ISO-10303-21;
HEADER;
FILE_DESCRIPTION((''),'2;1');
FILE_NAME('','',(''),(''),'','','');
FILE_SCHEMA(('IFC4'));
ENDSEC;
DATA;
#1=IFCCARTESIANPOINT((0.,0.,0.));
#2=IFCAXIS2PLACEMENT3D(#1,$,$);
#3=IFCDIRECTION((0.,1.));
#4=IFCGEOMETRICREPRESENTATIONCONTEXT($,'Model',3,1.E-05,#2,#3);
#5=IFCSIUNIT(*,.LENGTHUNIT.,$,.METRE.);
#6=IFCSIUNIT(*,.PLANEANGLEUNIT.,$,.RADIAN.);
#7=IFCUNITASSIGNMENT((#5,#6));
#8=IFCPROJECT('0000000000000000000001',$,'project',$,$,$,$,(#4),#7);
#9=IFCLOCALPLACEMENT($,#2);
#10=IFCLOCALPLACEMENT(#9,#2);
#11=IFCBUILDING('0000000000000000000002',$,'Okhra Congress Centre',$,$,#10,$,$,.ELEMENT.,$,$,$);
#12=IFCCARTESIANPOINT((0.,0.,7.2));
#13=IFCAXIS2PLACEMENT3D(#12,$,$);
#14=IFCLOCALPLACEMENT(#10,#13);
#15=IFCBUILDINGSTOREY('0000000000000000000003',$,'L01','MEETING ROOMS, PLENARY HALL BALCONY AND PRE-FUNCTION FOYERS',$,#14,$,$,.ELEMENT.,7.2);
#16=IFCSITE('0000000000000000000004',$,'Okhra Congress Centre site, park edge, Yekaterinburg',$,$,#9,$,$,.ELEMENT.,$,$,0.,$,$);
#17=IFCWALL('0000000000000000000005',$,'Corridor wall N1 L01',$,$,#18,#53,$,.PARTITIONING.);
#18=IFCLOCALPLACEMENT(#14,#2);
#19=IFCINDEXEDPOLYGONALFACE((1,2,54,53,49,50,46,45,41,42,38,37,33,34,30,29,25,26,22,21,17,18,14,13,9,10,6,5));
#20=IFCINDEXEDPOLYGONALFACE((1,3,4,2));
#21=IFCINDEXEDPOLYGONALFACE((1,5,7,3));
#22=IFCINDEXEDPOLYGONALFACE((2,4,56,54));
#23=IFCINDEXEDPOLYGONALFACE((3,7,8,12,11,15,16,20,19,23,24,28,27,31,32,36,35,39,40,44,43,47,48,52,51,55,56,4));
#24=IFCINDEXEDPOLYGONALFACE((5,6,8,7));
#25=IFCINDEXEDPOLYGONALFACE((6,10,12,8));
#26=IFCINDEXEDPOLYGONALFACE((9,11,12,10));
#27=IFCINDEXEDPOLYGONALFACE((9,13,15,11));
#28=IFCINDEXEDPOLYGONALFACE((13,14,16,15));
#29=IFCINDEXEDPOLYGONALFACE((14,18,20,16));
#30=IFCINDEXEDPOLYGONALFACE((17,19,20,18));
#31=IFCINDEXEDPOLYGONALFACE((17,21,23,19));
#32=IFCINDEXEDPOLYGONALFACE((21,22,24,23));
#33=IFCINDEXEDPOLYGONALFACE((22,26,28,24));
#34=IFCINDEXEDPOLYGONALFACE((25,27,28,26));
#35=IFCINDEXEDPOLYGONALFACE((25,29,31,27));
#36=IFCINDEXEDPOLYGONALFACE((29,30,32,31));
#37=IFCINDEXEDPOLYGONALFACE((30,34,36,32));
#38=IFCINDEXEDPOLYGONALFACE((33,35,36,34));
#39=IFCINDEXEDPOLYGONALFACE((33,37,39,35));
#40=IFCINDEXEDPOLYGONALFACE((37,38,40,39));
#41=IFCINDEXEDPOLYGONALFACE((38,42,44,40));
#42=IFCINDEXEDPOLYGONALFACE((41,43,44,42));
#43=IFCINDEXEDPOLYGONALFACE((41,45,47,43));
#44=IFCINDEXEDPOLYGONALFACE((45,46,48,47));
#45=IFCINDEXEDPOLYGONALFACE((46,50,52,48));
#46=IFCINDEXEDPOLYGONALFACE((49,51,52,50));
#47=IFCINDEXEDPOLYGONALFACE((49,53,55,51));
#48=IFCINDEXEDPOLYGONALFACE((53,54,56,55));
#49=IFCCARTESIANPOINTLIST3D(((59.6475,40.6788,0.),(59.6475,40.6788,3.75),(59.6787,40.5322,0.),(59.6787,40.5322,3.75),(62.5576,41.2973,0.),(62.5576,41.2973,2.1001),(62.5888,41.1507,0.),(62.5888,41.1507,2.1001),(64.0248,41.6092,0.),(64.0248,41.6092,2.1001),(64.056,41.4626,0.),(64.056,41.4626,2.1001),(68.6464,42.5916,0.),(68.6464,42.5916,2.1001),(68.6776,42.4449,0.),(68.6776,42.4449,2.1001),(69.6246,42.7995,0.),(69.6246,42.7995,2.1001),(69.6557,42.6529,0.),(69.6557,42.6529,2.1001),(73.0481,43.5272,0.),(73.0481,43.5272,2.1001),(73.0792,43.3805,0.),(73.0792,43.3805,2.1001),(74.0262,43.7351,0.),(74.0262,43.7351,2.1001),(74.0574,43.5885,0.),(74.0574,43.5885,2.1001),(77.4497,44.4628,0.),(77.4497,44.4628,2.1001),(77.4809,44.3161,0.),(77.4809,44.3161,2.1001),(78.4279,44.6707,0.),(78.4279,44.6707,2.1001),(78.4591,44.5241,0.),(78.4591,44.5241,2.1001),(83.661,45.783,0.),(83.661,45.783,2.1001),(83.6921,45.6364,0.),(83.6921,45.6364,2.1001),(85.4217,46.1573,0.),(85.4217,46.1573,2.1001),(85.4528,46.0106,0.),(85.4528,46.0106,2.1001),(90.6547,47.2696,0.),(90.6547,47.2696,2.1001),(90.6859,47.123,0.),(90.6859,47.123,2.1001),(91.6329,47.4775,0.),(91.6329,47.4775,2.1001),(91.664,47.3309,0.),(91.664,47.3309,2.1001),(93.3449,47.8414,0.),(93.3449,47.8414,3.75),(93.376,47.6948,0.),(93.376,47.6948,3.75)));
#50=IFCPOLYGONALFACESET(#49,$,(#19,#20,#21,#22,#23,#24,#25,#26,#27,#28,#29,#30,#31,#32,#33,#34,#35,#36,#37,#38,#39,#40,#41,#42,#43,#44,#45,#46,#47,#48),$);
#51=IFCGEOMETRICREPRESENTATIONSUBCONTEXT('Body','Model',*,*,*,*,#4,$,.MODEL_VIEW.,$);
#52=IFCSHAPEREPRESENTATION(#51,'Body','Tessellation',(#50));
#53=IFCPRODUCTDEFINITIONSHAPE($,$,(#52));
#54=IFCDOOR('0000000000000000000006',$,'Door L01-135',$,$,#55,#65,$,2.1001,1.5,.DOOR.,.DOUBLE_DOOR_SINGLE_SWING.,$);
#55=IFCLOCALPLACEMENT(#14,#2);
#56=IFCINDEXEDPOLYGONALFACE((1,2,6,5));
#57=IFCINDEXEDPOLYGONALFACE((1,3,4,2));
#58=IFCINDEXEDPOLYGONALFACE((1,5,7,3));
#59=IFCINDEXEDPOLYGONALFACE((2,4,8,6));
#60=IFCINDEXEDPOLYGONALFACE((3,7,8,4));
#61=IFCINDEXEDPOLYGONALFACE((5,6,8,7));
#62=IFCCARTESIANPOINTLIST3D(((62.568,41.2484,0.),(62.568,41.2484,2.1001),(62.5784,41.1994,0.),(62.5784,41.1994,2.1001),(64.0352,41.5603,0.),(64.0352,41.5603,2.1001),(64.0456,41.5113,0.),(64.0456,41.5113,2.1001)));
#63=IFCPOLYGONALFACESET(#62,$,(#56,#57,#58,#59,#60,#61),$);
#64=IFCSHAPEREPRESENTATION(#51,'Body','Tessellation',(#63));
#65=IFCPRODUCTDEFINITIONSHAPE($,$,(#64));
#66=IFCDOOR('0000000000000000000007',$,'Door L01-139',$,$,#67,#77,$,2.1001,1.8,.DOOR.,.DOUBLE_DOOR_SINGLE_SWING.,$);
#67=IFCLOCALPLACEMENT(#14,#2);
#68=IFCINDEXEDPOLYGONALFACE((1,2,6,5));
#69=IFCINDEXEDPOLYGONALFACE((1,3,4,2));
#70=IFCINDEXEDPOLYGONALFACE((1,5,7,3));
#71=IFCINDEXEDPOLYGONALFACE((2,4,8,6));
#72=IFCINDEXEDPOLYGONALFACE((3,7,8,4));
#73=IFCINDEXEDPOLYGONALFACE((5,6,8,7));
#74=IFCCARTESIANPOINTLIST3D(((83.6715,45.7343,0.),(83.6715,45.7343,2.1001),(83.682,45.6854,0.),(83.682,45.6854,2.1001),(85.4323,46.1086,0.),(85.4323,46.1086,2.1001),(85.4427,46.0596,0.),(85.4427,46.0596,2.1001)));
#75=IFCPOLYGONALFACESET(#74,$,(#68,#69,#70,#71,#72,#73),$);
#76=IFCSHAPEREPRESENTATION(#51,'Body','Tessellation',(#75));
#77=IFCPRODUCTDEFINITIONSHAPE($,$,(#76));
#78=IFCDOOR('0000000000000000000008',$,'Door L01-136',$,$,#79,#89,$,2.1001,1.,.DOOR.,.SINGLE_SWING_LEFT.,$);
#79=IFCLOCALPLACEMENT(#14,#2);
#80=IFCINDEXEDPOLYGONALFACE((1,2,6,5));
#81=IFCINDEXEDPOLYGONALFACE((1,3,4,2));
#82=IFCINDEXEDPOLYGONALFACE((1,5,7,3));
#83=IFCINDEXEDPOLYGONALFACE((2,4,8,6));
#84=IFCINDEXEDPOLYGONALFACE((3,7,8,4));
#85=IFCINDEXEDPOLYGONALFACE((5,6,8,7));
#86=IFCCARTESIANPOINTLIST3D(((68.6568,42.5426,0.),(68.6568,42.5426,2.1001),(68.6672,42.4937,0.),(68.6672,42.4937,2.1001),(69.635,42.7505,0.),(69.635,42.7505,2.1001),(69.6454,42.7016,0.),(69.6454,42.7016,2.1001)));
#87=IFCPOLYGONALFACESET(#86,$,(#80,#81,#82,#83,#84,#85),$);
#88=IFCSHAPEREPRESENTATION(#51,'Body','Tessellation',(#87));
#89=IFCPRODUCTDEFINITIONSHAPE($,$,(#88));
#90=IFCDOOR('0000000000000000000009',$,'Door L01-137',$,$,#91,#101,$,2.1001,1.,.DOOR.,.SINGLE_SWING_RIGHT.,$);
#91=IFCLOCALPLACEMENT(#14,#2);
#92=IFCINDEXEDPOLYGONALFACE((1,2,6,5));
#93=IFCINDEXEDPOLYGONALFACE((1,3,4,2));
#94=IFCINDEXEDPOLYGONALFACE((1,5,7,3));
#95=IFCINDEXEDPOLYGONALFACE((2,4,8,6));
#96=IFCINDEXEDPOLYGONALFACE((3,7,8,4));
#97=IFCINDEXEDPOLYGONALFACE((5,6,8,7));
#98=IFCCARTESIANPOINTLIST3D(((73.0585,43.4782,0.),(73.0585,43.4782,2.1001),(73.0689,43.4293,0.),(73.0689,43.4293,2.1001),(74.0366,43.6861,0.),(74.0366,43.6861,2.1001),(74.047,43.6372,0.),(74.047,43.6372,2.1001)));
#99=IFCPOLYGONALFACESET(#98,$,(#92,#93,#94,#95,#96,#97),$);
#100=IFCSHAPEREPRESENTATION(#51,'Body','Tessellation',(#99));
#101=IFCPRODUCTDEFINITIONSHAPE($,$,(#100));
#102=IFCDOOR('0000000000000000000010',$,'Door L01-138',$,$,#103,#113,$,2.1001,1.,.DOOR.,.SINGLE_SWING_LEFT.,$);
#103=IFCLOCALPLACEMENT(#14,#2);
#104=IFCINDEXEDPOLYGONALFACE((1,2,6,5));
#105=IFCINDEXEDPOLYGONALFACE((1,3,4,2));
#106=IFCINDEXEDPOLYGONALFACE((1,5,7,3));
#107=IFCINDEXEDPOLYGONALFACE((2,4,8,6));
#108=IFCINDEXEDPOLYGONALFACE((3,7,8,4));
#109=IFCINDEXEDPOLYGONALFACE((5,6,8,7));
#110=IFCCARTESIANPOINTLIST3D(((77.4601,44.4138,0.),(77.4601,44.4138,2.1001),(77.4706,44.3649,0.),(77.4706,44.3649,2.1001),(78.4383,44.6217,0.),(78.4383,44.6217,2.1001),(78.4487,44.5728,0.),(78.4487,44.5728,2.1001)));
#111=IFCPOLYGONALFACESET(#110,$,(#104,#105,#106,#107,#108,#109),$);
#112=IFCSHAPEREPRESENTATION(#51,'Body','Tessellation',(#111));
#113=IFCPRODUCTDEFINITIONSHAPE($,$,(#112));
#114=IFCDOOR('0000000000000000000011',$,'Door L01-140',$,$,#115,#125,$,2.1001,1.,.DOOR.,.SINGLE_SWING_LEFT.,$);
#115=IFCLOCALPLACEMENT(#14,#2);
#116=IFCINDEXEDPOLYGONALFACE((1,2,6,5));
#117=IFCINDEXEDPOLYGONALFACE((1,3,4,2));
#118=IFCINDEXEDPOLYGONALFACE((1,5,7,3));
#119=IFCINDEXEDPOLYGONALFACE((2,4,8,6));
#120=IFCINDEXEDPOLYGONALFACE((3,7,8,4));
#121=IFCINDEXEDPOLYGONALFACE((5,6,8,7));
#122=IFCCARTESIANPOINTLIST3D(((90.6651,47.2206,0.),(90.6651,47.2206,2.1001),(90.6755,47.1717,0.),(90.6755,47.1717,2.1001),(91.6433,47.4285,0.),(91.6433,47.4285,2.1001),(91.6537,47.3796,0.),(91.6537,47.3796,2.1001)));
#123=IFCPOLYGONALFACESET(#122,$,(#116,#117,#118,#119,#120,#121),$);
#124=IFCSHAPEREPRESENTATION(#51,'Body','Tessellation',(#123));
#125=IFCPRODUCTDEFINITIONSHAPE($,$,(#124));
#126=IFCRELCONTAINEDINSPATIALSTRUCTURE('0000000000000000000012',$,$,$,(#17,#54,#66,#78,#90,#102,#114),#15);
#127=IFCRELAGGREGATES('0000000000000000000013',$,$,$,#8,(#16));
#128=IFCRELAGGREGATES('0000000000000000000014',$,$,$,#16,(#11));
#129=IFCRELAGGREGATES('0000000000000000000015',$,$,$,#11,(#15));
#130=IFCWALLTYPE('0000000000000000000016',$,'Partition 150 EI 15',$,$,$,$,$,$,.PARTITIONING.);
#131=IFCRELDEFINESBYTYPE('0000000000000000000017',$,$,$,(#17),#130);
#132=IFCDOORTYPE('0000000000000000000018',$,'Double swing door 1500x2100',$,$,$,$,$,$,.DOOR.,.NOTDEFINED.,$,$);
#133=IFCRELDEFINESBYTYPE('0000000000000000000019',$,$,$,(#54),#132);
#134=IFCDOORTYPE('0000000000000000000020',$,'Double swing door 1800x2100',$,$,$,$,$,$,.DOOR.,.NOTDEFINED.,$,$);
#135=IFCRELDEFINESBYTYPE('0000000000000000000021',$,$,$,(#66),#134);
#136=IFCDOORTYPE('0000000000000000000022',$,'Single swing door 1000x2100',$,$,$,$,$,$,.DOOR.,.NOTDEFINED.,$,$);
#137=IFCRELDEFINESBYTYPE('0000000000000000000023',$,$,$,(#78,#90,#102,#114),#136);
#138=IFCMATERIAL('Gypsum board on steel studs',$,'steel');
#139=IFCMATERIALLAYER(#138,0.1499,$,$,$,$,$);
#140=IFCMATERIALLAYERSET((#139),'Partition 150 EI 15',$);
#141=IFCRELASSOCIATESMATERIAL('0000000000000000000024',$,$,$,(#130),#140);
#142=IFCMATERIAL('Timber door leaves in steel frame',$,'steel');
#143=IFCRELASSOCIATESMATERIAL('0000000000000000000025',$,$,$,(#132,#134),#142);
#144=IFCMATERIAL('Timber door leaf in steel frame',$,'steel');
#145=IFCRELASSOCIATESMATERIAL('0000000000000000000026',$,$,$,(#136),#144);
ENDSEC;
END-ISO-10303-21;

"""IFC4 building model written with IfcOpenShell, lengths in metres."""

from ifc_helpers import new_model, si_unit, direction, frame, frame_2d, origin, place, context, subcontext, project, spatial, rectangle, extrude, material, layer, layer_set, type_object, element, fill, save


model = new_model("IFC4")

# Units and contexts
model_context = context("Model", 3, precision=1e-05, world=origin(), true_north=direction((0.0, 1.0)))
body_context = subcontext(model_context, "Body", "Model", "MODEL_VIEW")
ifc_project = project(units=[si_unit("LENGTHUNIT", "METRE"), si_unit("PLANEANGLEUNIT", "RADIAN")], contexts=[model_context])

# Site, building, storey
site_placement = place(None, origin())
site = spatial("IfcSite", under=ifc_project, at=site_placement, Name="Okhra Congress Centre site, park edge, Yekaterinburg", CompositionType="ELEMENT", RefElevation=0.0)
building_placement = place(site_placement, origin())
building = spatial("IfcBuilding", under=site, at=building_placement, Name="Okhra Congress Centre", CompositionType="ELEMENT")
storey_placement = place(building_placement, frame((0.0, 0.0, 7.2)))
storey = spatial("IfcBuildingStorey", under=building, at=storey_placement, Name="L01", Description="MEETING ROOMS, PLENARY HALL BALCONY AND PRE-FUNCTION FOYERS", CompositionType="ELEMENT", Elevation=7.2)

# Wall, openings, doors
ifc_material_1 = material(Name="Gypsum board on steel studs", Category="steel")
ifc_layer_1 = layer(ifc_material_1, 0.1499)
ifc_layer_set_1 = layer_set([ifc_layer_1], Name="Partition 150 EI 15")
wall_type_1 = type_object("IfcWallType", Name="Partition 150 EI 15", PredefinedType="PARTITIONING", material=ifc_layer_set_1)
wall_1_placement = place(storey_placement, frame((59.6631, 40.6055, 0.0), z_axis=(0.0, 0.0, 1.0), x_axis=(0.978147, 0.207912, 0.0)))
wall_1 = element("IfcWall", 1, at=wall_1_placement, inside=storey, type_object=wall_type_1, Name="Corridor wall N1 L01", PredefinedType="PARTITIONING", context=body_context, shape_type="SweptSolid", body=[
    extrude(rectangle(XDim=34.4502, YDim=0.1499, at=frame_2d((17.2251, 0.0))), origin(), (0.0, 0.0, 1.0), 3.75),
])
opening_1_placement = place(wall_1_placement, frame((2.9751, 0.0, 0.0)))
opening_1 = element("IfcOpeningElement", 2, at=opening_1_placement, cuts=wall_1, PredefinedType="OPENING", context=body_context, shape_type="SweptSolid", body=[
    extrude(rectangle(XDim=1.5, YDim=2.1001, at=frame_2d((0.75, 1.05))), frame((0.0, 0.085, 0.0), z_axis=(0.0, -1.0, 0.0), x_axis=(1.0, 0.0, 0.0)), (0.0, 0.0, 1.0), 0.1699),
])
opening_2_placement = place(wall_1_placement, frame((9.2, 0.0, 0.0)))
opening_2 = element("IfcOpeningElement", 3, at=opening_2_placement, cuts=wall_1, PredefinedType="OPENING", context=body_context, shape_type="SweptSolid", body=[
    extrude(rectangle(XDim=1.0, YDim=2.1001, at=frame_2d((0.5, 1.05))), frame((0.0, 0.085, 0.0), z_axis=(0.0, -1.0, 0.0), x_axis=(1.0, 0.0, 0.0)), (0.0, 0.0, 1.0), 0.1699),
])
opening_3_placement = place(wall_1_placement, frame((13.7, 0.0, 0.0)))
opening_3 = element("IfcOpeningElement", 4, at=opening_3_placement, cuts=wall_1, PredefinedType="OPENING", context=body_context, shape_type="SweptSolid", body=[
    extrude(rectangle(XDim=1.0, YDim=2.1001, at=frame_2d((0.5, 1.05))), frame((0.0, 0.085, 0.0), z_axis=(0.0, -1.0, 0.0), x_axis=(1.0, 0.0, 0.0)), (0.0, 0.0, 1.0), 0.1699),
])
opening_4_placement = place(wall_1_placement, frame((18.2, 0.0, 0.0)))
opening_4 = element("IfcOpeningElement", 5, at=opening_4_placement, cuts=wall_1, PredefinedType="OPENING", context=body_context, shape_type="SweptSolid", body=[
    extrude(rectangle(XDim=1.0, YDim=2.1001, at=frame_2d((0.5, 1.05))), frame((0.0, 0.085, 0.0), z_axis=(0.0, -1.0, 0.0), x_axis=(1.0, 0.0, 0.0)), (0.0, 0.0, 1.0), 0.1699),
])
opening_5_placement = place(wall_1_placement, frame((24.55, 0.0, 0.0)))
opening_5 = element("IfcOpeningElement", 6, at=opening_5_placement, cuts=wall_1, PredefinedType="OPENING", context=body_context, shape_type="SweptSolid", body=[
    extrude(rectangle(XDim=1.8, YDim=2.1001, at=frame_2d((0.8999, 1.05))), frame((0.0, 0.085, 0.0), z_axis=(0.0, -1.0, 0.0), x_axis=(1.0, 0.0, 0.0)), (0.0, 0.0, 1.0), 0.1699),
])
opening_6_placement = place(wall_1_placement, frame((31.7, 0.0, 0.0)))
opening_6 = element("IfcOpeningElement", 7, at=opening_6_placement, cuts=wall_1, PredefinedType="OPENING", context=body_context, shape_type="SweptSolid", body=[
    extrude(rectangle(XDim=1.0, YDim=2.1001, at=frame_2d((0.5, 1.05))), frame((0.0, 0.085, 0.0), z_axis=(0.0, -1.0, 0.0), x_axis=(1.0, 0.0, 0.0)), (0.0, 0.0, 1.0), 0.1699),
])
ifc_material_2 = material(Name="Timber door leaves in steel frame", Category="steel")
door_type_1 = type_object("IfcDoorType", Name="Double swing door 1500x2100", OperationType="NOTDEFINED", PredefinedType="DOOR", material=ifc_material_2)
door_1_placement = place(opening_1_placement, origin())
door_1 = element("IfcDoor", 8, at=door_1_placement, inside=storey, type_object=door_type_1, Name="Door L01-135", OperationType="DOUBLE_DOOR_SINGLE_SWING", OverallHeight=2.1001, OverallWidth=1.5, PredefinedType="DOOR", context=body_context, shape_type="SweptSolid", body=[
    extrude(rectangle(XDim=1.5, YDim=2.1001, at=frame_2d((0.75, 1.05))), frame((0.0, 0.0249, 0.0), z_axis=(0.0, -1.0, 0.0), x_axis=(1.0, 0.0, 0.0)), (0.0, 0.0, 1.0), 0.05),
])
fill(opening_1, door_1)
door_type_2 = type_object("IfcDoorType", Name="Double swing door 1800x2100", OperationType="NOTDEFINED", PredefinedType="DOOR", material=ifc_material_2)
door_2_placement = place(opening_5_placement, frame((1.8, 0.0, 0.0), z_axis=(0.0, 0.0, 1.0), x_axis=(-1.0, 0.0, 0.0)))
door_2 = element("IfcDoor", 9, at=door_2_placement, inside=storey, type_object=door_type_2, Name="Door L01-139", OperationType="DOUBLE_DOOR_SINGLE_SWING", OverallHeight=2.1001, OverallWidth=1.8, PredefinedType="DOOR", context=body_context, shape_type="SweptSolid", body=[
    extrude(rectangle(XDim=1.8, YDim=2.1001, at=frame_2d((0.8999, 1.05))), frame((0.0, 0.0249, 0.0), z_axis=(0.0, -1.0, 0.0), x_axis=(1.0, 0.0, 0.0)), (0.0, 0.0, 1.0), 0.05),
])
fill(opening_5, door_2)
ifc_material_3 = material(Name="Timber door leaf in steel frame", Category="steel")
door_type_3 = type_object("IfcDoorType", Name="Single swing door 1000x2100", OperationType="NOTDEFINED", PredefinedType="DOOR", material=ifc_material_3)
door_3_placement = place(opening_2_placement, origin())
door_3 = element("IfcDoor", 10, at=door_3_placement, inside=storey, type_object=door_type_3, Name="Door L01-136", OperationType="SINGLE_SWING_LEFT", OverallHeight=2.1001, OverallWidth=1.0, PredefinedType="DOOR", context=body_context, shape_type="SweptSolid", body=[
    extrude(rectangle(XDim=1.0, YDim=2.1001, at=frame_2d((0.5, 1.05))), frame((0.0, 0.0249, 0.0), z_axis=(0.0, -1.0, 0.0), x_axis=(1.0, 0.0, 0.0)), (0.0, 0.0, 1.0), 0.05),
])
fill(opening_2, door_3)
door_4_placement = place(opening_3_placement, origin())
door_4 = element("IfcDoor", 11, at=door_4_placement, inside=storey, type_object=door_type_3, Name="Door L01-137", OperationType="SINGLE_SWING_RIGHT", OverallHeight=2.1001, OverallWidth=1.0, PredefinedType="DOOR", context=body_context, shape_type="SweptSolid", body=[
    extrude(rectangle(XDim=1.0, YDim=2.1001, at=frame_2d((0.5, 1.05))), frame((0.0, 0.0249, 0.0), z_axis=(0.0, -1.0, 0.0), x_axis=(1.0, 0.0, 0.0)), (0.0, 0.0, 1.0), 0.05),
])
fill(opening_3, door_4)
door_5_placement = place(opening_4_placement, origin())
door_5 = element("IfcDoor", 12, at=door_5_placement, inside=storey, type_object=door_type_3, Name="Door L01-138", OperationType="SINGLE_SWING_LEFT", OverallHeight=2.1001, OverallWidth=1.0, PredefinedType="DOOR", context=body_context, shape_type="SweptSolid", body=[
    extrude(rectangle(XDim=1.0, YDim=2.1001, at=frame_2d((0.5, 1.05))), frame((0.0, 0.0249, 0.0), z_axis=(0.0, -1.0, 0.0), x_axis=(1.0, 0.0, 0.0)), (0.0, 0.0, 1.0), 0.05),
])
fill(opening_4, door_5)
door_6_placement = place(opening_6_placement, origin())
door_6 = element("IfcDoor", 13, at=door_6_placement, inside=storey, type_object=door_type_3, Name="Door L01-140", OperationType="SINGLE_SWING_LEFT", OverallHeight=2.1001, OverallWidth=1.0, PredefinedType="DOOR", context=body_context, shape_type="SweptSolid", body=[
    extrude(rectangle(XDim=1.0, YDim=2.1001, at=frame_2d((0.5, 1.05))), frame((0.0, 0.0249, 0.0), z_axis=(0.0, -1.0, 0.0), x_axis=(1.0, 0.0, 0.0)), (0.0, 0.0, 1.0), 0.05),
])
fill(opening_6, door_6)

save(model, "model.ifc")
